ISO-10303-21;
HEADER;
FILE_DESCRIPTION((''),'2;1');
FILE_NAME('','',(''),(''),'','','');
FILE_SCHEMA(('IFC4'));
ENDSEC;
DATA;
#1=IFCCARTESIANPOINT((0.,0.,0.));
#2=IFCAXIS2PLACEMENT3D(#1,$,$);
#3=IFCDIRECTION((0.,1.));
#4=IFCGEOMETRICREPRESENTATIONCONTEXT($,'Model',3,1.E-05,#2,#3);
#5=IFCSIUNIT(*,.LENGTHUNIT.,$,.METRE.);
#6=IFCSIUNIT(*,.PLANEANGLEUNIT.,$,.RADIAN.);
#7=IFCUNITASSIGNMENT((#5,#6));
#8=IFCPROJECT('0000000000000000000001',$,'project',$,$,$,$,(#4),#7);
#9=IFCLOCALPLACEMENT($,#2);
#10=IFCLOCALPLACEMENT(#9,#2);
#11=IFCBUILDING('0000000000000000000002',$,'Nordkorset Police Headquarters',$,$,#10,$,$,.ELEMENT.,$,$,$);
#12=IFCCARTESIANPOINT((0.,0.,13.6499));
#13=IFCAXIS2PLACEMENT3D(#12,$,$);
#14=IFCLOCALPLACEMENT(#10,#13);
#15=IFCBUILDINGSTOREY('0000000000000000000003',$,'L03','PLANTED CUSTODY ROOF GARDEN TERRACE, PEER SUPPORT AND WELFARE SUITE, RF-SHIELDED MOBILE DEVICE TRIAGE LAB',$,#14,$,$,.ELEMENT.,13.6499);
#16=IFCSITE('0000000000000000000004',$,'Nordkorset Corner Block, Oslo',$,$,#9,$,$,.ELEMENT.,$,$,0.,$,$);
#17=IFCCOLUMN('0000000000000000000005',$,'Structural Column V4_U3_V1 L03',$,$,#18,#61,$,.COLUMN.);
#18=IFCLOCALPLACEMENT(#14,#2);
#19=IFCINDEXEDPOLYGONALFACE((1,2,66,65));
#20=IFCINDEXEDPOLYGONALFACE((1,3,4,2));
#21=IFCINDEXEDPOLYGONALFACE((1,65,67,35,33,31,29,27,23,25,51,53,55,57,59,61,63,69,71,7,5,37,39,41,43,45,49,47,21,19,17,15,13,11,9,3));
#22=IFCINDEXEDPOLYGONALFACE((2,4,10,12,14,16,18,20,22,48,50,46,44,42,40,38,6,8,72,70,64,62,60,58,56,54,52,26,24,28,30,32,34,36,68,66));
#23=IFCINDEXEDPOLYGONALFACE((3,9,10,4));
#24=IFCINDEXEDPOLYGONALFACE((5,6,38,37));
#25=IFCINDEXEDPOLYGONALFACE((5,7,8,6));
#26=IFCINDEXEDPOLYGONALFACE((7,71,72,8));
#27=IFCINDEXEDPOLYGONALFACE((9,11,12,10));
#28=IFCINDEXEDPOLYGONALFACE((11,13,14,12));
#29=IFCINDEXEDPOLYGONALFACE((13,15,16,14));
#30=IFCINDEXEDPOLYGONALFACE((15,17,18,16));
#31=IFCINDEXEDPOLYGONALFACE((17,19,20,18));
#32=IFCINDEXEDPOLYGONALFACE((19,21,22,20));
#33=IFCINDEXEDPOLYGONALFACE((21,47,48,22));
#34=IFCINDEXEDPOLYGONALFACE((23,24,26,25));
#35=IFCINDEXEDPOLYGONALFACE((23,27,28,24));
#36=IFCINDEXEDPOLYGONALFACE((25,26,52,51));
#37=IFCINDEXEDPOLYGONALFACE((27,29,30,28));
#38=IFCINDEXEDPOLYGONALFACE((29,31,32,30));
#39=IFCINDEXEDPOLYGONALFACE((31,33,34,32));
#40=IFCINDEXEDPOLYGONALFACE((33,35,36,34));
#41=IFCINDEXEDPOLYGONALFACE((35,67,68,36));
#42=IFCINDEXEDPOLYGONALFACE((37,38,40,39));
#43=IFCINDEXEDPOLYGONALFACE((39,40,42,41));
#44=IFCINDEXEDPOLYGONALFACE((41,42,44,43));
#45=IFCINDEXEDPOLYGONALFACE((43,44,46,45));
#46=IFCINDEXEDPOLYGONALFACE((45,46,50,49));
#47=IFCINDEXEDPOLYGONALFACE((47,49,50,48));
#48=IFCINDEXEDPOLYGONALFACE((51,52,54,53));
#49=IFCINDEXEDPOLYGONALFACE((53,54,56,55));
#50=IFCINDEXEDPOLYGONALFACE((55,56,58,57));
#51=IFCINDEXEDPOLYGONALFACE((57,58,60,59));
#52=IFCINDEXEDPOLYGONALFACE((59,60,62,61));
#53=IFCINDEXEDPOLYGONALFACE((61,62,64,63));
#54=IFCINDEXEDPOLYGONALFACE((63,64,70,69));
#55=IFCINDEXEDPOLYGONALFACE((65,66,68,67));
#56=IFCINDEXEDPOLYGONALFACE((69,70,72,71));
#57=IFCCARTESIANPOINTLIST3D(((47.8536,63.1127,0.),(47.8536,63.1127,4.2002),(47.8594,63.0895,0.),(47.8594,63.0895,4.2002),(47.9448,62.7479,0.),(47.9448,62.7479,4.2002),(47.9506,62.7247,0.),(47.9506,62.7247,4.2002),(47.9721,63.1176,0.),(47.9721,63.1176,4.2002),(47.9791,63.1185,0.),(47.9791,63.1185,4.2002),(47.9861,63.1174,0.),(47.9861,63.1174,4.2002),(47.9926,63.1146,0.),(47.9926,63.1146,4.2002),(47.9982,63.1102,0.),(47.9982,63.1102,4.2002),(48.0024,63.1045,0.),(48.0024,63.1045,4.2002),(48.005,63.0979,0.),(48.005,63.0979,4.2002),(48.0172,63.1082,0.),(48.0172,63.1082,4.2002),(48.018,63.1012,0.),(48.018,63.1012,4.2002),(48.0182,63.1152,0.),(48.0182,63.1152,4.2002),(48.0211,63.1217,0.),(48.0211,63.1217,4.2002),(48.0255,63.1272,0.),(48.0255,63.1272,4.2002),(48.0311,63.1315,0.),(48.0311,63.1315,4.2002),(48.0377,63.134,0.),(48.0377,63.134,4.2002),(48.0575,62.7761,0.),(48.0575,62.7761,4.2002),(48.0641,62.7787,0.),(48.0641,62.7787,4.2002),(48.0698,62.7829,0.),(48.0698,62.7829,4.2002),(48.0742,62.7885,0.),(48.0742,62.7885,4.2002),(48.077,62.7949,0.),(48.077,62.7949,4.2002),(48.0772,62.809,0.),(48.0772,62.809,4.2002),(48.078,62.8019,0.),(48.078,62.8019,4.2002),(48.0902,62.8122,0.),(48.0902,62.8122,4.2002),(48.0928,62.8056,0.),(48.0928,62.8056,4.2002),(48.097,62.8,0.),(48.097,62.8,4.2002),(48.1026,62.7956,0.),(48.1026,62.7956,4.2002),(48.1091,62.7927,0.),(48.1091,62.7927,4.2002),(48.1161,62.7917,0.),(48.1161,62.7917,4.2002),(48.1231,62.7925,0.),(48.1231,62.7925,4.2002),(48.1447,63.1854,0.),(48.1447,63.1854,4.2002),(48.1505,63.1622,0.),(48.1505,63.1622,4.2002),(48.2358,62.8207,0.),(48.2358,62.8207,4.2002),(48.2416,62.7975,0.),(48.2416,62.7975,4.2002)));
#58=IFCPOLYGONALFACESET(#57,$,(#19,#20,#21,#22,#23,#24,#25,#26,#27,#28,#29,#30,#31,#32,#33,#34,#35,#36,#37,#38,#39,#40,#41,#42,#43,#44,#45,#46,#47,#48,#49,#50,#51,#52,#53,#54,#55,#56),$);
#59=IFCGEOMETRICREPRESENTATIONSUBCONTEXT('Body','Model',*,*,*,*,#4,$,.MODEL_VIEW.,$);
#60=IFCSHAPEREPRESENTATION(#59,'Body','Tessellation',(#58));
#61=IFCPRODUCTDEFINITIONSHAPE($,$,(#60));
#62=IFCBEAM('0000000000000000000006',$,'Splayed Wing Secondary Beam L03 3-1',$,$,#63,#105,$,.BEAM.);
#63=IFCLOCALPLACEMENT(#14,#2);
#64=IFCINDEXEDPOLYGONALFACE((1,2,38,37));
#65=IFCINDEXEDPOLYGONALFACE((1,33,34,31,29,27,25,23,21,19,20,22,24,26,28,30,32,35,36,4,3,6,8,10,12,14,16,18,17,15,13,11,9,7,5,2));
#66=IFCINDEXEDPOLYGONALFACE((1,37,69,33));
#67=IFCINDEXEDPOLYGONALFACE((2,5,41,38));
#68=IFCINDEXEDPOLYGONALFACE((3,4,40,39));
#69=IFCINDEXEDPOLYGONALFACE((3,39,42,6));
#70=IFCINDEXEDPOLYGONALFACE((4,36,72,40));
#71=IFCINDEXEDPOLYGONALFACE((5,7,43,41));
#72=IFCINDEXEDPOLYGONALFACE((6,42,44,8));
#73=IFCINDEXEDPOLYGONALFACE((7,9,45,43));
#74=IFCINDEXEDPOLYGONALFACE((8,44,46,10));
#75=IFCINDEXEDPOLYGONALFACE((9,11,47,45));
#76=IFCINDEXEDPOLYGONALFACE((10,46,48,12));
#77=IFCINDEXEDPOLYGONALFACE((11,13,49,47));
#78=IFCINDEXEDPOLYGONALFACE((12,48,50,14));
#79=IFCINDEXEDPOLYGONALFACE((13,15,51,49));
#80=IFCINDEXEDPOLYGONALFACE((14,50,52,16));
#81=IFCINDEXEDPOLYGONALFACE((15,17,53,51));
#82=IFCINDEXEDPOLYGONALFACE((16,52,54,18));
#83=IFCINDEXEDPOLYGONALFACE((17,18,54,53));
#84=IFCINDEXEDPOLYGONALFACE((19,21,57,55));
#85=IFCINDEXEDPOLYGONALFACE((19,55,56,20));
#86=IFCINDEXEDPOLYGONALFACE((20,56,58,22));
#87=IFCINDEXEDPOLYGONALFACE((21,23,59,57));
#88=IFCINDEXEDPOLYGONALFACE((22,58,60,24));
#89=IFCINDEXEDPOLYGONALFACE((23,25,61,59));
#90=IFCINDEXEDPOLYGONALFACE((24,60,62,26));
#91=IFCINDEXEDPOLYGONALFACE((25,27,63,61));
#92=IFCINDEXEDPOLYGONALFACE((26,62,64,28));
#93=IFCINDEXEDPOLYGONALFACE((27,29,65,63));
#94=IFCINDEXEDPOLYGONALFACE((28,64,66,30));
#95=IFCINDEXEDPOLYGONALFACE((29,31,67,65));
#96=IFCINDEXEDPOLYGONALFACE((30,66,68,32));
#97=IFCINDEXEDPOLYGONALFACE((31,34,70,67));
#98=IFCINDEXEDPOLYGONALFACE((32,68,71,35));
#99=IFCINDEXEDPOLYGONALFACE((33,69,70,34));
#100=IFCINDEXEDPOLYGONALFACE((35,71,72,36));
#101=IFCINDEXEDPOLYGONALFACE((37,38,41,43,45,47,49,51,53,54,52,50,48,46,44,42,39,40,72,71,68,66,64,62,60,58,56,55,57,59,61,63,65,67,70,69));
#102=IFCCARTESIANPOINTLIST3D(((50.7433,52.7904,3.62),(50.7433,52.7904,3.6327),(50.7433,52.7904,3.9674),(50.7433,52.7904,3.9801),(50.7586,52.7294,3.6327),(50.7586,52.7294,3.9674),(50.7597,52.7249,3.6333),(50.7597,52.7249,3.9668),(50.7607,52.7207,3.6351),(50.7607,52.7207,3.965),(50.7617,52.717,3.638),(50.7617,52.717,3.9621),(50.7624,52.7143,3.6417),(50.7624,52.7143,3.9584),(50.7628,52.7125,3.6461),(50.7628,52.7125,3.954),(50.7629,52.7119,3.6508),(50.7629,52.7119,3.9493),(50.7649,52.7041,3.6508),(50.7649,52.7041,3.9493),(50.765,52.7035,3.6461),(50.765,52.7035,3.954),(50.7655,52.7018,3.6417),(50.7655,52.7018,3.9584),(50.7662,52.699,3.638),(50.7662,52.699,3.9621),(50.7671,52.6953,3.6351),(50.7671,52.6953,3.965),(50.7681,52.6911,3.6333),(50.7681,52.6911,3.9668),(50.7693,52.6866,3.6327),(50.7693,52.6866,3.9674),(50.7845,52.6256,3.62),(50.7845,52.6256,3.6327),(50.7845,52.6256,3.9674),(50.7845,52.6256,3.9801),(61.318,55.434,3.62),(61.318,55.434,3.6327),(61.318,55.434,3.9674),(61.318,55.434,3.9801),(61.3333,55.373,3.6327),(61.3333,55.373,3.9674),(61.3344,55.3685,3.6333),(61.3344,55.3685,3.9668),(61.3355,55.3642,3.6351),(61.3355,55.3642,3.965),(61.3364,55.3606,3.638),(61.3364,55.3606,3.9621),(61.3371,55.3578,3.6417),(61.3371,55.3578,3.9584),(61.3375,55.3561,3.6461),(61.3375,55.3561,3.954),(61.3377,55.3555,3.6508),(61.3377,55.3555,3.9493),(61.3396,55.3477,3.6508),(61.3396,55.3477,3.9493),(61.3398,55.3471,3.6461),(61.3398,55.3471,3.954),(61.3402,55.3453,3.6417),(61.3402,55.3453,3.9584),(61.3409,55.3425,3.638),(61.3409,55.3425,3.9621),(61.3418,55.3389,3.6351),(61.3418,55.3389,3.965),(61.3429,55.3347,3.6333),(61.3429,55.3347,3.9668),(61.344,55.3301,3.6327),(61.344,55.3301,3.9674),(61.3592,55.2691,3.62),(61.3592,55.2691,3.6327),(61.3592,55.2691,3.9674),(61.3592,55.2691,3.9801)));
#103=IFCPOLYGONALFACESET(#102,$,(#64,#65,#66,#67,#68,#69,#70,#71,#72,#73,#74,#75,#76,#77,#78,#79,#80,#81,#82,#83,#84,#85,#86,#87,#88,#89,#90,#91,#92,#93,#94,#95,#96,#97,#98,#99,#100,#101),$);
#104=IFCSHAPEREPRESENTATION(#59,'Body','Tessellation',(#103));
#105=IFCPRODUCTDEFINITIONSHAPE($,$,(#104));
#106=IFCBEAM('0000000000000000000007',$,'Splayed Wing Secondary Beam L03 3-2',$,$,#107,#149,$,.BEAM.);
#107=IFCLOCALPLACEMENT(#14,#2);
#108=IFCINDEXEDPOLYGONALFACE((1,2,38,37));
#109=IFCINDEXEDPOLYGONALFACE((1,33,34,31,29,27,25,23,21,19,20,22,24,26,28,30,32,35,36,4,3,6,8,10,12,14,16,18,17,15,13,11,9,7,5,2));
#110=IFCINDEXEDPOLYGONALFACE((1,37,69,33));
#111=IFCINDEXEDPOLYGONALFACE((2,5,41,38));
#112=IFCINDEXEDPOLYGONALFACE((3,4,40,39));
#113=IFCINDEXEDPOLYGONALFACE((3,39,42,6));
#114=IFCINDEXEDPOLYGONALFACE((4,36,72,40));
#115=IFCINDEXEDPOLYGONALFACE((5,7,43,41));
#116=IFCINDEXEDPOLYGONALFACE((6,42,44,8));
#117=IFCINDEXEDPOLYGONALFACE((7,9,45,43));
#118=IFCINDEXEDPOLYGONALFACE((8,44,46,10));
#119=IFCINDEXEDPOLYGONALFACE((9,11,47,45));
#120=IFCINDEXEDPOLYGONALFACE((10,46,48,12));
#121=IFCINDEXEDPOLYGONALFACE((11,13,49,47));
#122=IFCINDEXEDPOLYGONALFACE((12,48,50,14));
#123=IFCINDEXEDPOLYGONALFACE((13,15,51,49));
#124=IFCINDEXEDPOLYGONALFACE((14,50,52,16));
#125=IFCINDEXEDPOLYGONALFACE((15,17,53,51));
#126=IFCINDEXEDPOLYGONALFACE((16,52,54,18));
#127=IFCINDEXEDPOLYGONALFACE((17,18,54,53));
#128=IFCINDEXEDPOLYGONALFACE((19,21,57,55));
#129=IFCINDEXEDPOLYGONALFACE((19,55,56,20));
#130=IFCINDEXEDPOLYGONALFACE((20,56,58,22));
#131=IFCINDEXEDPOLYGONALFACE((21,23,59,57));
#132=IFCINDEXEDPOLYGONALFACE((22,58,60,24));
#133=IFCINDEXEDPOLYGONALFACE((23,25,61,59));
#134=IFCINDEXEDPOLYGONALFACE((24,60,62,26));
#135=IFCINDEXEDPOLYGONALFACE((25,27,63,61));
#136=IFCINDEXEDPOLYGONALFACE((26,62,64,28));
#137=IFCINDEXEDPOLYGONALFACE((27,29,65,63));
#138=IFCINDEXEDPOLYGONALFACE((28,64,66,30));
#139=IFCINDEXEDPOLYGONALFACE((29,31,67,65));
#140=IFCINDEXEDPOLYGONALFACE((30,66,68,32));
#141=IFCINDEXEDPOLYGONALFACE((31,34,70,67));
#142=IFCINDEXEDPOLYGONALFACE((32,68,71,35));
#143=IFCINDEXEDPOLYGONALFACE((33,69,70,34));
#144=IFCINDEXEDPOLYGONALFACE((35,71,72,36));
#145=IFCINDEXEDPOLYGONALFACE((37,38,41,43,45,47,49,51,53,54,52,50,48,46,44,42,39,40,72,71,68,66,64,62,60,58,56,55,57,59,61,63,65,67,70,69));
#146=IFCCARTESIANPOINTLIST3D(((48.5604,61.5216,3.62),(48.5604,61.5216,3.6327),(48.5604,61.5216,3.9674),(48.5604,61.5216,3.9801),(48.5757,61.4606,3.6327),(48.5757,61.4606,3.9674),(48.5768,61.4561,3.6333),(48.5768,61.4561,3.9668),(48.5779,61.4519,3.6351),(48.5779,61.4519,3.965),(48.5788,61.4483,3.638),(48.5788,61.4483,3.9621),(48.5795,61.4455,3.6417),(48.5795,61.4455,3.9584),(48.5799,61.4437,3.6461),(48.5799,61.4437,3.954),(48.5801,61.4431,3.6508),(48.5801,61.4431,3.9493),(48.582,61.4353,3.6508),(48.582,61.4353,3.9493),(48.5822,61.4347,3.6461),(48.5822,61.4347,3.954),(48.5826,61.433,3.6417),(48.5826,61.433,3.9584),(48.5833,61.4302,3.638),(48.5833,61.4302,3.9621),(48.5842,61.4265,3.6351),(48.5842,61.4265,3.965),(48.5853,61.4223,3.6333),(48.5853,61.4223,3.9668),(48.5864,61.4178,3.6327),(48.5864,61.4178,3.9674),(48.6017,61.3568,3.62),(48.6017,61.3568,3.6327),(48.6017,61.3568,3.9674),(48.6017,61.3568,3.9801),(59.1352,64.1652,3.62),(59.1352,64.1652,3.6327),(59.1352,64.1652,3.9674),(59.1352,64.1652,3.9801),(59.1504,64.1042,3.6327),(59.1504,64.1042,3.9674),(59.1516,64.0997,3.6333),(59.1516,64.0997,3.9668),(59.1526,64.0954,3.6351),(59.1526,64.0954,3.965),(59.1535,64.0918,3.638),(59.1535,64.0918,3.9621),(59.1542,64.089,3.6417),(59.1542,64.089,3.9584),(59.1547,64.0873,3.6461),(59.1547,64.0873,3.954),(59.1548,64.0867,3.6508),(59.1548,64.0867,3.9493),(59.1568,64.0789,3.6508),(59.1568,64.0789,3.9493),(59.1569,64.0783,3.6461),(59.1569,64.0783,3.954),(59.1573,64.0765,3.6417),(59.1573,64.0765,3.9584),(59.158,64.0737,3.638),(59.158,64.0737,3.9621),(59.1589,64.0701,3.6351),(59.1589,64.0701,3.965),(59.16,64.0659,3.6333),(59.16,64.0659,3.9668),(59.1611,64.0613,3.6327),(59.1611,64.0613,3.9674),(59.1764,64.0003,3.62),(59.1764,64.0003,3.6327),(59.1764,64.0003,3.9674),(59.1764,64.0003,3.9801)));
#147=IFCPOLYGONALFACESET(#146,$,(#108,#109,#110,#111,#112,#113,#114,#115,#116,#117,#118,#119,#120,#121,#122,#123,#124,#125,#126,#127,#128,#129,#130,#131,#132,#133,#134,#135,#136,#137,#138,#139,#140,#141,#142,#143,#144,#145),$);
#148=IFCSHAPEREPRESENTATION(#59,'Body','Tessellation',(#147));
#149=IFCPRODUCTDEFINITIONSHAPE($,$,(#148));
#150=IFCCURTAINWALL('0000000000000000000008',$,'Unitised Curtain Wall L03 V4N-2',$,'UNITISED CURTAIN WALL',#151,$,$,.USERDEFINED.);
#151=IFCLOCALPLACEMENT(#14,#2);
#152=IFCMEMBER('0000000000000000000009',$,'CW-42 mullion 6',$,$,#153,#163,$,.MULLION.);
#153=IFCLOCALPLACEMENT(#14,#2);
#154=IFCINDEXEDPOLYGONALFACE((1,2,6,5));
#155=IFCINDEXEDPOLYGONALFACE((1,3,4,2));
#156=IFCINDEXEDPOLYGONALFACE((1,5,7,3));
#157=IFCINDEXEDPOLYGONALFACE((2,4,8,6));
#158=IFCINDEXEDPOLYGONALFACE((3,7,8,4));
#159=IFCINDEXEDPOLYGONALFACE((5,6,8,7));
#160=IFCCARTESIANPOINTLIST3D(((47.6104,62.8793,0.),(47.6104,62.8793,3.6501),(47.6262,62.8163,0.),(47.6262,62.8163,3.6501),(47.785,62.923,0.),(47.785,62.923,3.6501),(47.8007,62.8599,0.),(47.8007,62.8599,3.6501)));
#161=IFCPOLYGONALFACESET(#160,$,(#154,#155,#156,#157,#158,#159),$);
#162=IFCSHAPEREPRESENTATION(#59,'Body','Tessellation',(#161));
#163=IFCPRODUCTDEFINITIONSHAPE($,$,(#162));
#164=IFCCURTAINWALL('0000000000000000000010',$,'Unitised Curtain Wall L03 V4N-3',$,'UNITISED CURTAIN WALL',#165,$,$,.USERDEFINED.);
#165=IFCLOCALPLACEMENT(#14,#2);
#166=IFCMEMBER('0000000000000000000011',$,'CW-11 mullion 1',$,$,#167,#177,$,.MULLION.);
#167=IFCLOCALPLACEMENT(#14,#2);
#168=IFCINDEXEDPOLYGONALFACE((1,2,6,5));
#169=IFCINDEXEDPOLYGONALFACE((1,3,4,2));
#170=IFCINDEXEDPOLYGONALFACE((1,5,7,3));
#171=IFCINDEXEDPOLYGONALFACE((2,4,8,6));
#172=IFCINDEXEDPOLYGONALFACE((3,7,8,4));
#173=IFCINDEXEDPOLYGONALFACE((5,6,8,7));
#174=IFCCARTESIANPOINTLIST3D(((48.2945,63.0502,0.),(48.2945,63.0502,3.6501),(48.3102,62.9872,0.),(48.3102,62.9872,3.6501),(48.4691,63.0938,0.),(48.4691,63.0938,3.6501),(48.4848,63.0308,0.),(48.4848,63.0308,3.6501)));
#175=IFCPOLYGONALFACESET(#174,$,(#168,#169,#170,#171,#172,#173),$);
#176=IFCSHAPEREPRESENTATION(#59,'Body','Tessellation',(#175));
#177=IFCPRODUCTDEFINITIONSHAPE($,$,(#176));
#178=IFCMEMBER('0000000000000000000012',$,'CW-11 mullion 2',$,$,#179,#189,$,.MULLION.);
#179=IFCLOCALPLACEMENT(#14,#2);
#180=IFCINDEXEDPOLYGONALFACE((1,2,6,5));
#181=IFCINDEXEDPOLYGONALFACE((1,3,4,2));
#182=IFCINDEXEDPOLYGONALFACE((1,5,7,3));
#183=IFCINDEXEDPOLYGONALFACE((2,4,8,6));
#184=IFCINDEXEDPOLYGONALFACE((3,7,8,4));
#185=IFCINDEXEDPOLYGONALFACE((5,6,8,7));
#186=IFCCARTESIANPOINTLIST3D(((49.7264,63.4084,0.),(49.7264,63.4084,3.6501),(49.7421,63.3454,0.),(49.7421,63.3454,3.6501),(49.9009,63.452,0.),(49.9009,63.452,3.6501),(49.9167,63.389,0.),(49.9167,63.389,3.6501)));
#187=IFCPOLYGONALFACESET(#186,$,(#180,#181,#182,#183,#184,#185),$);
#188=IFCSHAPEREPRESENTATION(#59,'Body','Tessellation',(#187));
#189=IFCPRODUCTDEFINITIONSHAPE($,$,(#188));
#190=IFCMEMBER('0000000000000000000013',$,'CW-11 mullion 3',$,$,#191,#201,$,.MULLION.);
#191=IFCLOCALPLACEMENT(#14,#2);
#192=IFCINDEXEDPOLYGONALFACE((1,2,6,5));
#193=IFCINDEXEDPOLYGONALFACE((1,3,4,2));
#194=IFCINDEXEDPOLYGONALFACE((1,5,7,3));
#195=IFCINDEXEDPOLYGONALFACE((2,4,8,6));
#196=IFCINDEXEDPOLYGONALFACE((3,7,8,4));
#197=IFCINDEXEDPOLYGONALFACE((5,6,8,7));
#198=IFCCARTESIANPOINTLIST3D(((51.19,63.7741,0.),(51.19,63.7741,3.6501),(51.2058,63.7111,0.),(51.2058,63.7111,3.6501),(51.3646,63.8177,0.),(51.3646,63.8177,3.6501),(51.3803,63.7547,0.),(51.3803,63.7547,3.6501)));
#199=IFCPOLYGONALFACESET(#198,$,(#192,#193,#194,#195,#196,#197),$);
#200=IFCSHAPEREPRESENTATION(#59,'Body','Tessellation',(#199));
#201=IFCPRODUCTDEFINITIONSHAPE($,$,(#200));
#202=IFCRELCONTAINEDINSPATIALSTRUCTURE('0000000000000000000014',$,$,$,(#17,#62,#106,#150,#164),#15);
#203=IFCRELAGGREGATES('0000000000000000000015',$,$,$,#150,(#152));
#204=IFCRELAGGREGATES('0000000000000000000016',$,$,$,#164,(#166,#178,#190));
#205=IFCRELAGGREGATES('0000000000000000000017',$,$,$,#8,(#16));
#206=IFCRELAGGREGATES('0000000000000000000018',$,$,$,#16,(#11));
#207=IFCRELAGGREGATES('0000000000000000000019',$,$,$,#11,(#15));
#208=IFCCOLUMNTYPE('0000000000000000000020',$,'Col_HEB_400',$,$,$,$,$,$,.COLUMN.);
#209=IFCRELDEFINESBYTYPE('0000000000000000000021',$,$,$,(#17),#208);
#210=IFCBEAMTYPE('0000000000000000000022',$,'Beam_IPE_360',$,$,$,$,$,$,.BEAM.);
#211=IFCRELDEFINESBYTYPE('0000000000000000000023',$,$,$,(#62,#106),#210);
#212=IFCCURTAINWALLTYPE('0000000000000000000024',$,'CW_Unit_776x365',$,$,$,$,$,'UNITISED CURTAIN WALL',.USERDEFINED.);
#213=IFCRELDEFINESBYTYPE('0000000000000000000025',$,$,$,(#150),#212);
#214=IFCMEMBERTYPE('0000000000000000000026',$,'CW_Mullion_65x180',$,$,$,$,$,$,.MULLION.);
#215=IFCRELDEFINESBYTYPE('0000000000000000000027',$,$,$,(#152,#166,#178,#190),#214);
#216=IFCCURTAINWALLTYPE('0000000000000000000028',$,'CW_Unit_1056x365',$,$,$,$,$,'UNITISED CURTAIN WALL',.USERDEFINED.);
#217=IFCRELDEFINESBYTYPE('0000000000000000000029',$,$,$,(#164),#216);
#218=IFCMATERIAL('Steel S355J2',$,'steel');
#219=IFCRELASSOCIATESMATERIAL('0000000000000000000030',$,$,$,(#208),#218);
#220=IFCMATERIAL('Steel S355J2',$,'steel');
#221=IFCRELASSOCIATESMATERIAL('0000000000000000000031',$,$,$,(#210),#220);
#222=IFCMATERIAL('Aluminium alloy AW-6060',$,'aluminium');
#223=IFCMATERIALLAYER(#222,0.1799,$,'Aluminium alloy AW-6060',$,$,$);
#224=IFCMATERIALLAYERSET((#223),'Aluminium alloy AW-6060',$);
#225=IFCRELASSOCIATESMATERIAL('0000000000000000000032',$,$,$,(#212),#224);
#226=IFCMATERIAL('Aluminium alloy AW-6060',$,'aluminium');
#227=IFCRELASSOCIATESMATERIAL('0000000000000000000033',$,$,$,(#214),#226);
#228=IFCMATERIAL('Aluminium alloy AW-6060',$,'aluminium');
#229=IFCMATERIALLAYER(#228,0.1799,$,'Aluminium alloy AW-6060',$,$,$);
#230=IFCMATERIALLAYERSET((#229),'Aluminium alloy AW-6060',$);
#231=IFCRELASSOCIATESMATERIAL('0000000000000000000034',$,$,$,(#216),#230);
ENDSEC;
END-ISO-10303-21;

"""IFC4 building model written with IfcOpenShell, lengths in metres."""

from ifc_helpers import new_model, si_unit, direction, frame, origin, origin_2d, place, context, subcontext, project, spatial, rectangle, i_section, extrude, material, layer, layer_set, material_profile, profile_set, type_object, element, aggregate, save


model = new_model("IFC4")

# Units and contexts
model_context = context("Model", 3, precision=1e-05, world=origin(), true_north=direction((0.0, 1.0)))
body_context = subcontext(model_context, "Body", "Model", "MODEL_VIEW")
ifc_project = project(units=[si_unit("LENGTHUNIT", "METRE"), si_unit("PLANEANGLEUNIT", "RADIAN")], contexts=[model_context])

# Site, building, storey
site_placement = place(None, origin())
site = spatial("IfcSite", under=ifc_project, at=site_placement, Name="Nordkorset Corner Block, Oslo", CompositionType="ELEMENT", RefElevation=0.0)
building_placement = place(site_placement, origin())
building = spatial("IfcBuilding", under=site, at=building_placement, Name="Nordkorset Police Headquarters", CompositionType="ELEMENT")
storey_placement = place(building_placement, frame((0.0, 0.0, 13.6499)))
storey = spatial("IfcBuildingStorey", under=building, at=storey_placement, Name="L03", Description="PLANTED CUSTODY ROOF GARDEN TERRACE, PEER SUPPORT AND WELFARE SUITE, RF-SHIELDED MOBILE DEVICE TRIAGE LAB", CompositionType="ELEMENT", Elevation=13.6499)

# Column
ifc_material_1 = material(Name="Steel S355J2", Category="steel")
ifc_material_profile_1 = material_profile(ifc_material_1, i_section(OverallWidth=0.3, OverallDepth=0.3999, WebThickness=0.0134, FlangeThickness=0.0239, FilletRadius=0.0271, at=origin_2d()), Name="HEB 400")
ifc_profile_set_1 = profile_set([ifc_material_profile_1], Name="Steel S355J2")
column_type = type_object("IfcColumnType", Name="Col_HEB_400", PredefinedType="COLUMN", material=ifc_profile_set_1)
column_placement = place(storey_placement, frame((48.0476, 62.9551, 0.0), z_axis=(0.0, 0.0, 1.0), x_axis=(0.970143, 0.242536, 0.0)))
element("IfcColumn", 1, at=column_placement, inside=storey, type_object=column_type, Name="Structural Column V4_U3_V1 L03", PredefinedType="COLUMN", context=body_context, shape_type="SweptSolid", body=[
    extrude(i_section(OverallWidth=0.3, OverallDepth=0.3999, WebThickness=0.0134, FlangeThickness=0.0239, FilletRadius=0.0271, at=origin_2d()), origin(), (0.0, 0.0, 1.0), 4.2002),
])

# Beams
ifc_material_2 = material(Name="Steel S355J2", Category="steel")
ifc_material_profile_2 = material_profile(ifc_material_2, i_section(OverallWidth=0.1699, OverallDepth=0.3601, WebThickness=0.0081, FlangeThickness=0.0127, FilletRadius=0.0181, at=origin_2d()), Name="IPE 360")
ifc_profile_set_2 = profile_set([ifc_material_profile_2], Name="Steel S355J2")
beam_type_1 = type_object("IfcBeamType", Name="Beam_IPE_360", PredefinedType="BEAM", material=ifc_profile_set_2)
for number, where, z_axis, x_axis, name in (
    (2, (50.7639, 52.708, 3.8), (0.970145, 0.242525, 0.0), (-0.242525, 0.970145, 0.0), "Splayed Wing Secondary Beam L03 3-1"),
    (3, (48.5811, 61.4392, 3.8), (0.970145, 0.242525, 0.0), (-0.242525, 0.970145, 0.0), "Splayed Wing Secondary Beam L03 3-2"),
):
    element("IfcBeam", number, at=place(storey_placement, frame(where, z_axis=z_axis, x_axis=x_axis)), inside=storey, type_object=beam_type_1, Name=name, PredefinedType="BEAM", context=body_context, shape_type="SweptSolid", body=[
        extrude(i_section(OverallWidth=0.1699, OverallDepth=0.3601, WebThickness=0.0081, FlangeThickness=0.0127, FilletRadius=0.0181, at=origin_2d()), origin(), (0.0, 0.0, 1.0), 10.9001),
    ])

# Curtain wall, member
ifc_material_3 = material(Name="Aluminium alloy AW-6060", Category="aluminium")
ifc_layer_1 = layer(ifc_material_3, 0.1799, Name="Aluminium alloy AW-6060")
ifc_layer_set_1 = layer_set([ifc_layer_1], Name="Aluminium alloy AW-6060")
curtain_wall_type_1 = type_object("IfcCurtainWallType", Name="CW_Unit_776x365", ElementType="UNITISED CURTAIN WALL", PredefinedType="USERDEFINED", material=ifc_layer_set_1)
curtain_wall_1_placement = place(storey_placement, origin())
curtain_wall_1 = element("IfcCurtainWall", 4, at=curtain_wall_1_placement, inside=storey, type_object=curtain_wall_type_1, Name="Unitised Curtain Wall L03 V4N-2", ObjectType="UNITISED CURTAIN WALL", PredefinedType="USERDEFINED")
ifc_material_4 = material(Name="Aluminium alloy AW-6060", Category="aluminium")
ifc_material_profile_3 = material_profile(ifc_material_4, rectangle(XDim=0.0649, YDim=0.1799, at=origin_2d()), Name="ALU MULL 65x180")
ifc_profile_set_3 = profile_set([ifc_material_profile_3], Name="Aluminium alloy AW-6060")
member_type_1 = type_object("IfcMemberType", Name="CW_Mullion_65x180", PredefinedType="MULLION", material=ifc_profile_set_3)
member_1_placement = place(storey_placement, frame((47.7056, 62.8696, 0.0), z_axis=(0.0, 0.0, 1.0), x_axis=(-0.242536, 0.970142, 0.0)))
member_1 = element("IfcMember", 5, at=member_1_placement, type_object=member_type_1, Name="CW-42 mullion 6", PredefinedType="MULLION", context=body_context, shape_type="SweptSolid", body=[
    extrude(rectangle(XDim=0.0649, YDim=0.1799, at=origin_2d()), origin(), (0.0, 0.0, 1.0), 3.6501),
])
aggregate(curtain_wall_1, [member_1])

# Curtain wall, members
ifc_material_5 = material(Name="Aluminium alloy AW-6060", Category="aluminium")
ifc_layer_2 = layer(ifc_material_5, 0.1799, Name="Aluminium alloy AW-6060")
ifc_layer_set_2 = layer_set([ifc_layer_2], Name="Aluminium alloy AW-6060")
curtain_wall_type_2 = type_object("IfcCurtainWallType", Name="CW_Unit_1056x365", ElementType="UNITISED CURTAIN WALL", PredefinedType="USERDEFINED", material=ifc_layer_set_2)
curtain_wall_2_placement = place(storey_placement, origin())
curtain_wall_2 = element("IfcCurtainWall", 6, at=curtain_wall_2_placement, inside=storey, type_object=curtain_wall_type_2, Name="Unitised Curtain Wall L03 V4N-3", ObjectType="UNITISED CURTAIN WALL", PredefinedType="USERDEFINED")
member_2_placement = place(storey_placement, frame((48.3896, 63.0405, 0.0), z_axis=(0.0, 0.0, 1.0), x_axis=(-0.242536, 0.970142, 0.0)))
member_2 = element("IfcMember", 7, at=member_2_placement, type_object=member_type_1, Name="CW-11 mullion 1", PredefinedType="MULLION", context=body_context, shape_type="SweptSolid", body=[
    extrude(rectangle(XDim=0.0649, YDim=0.1799, at=origin_2d()), origin(), (0.0, 0.0, 1.0), 3.6501),
])
member_3_placement = place(storey_placement, frame((49.8215, 63.3987, 0.0), z_axis=(0.0, 0.0, 1.0), x_axis=(-0.242536, 0.970142, 0.0)))
member_3 = element("IfcMember", 8, at=member_3_placement, type_object=member_type_1, Name="CW-11 mullion 2", PredefinedType="MULLION", context=body_context, shape_type="SweptSolid", body=[
    extrude(rectangle(XDim=0.0649, YDim=0.1799, at=origin_2d()), origin(), (0.0, 0.0, 1.0), 3.6501),
])
member_4_placement = place(storey_placement, frame((51.2852, 63.7644, 0.0), z_axis=(0.0, 0.0, 1.0), x_axis=(-0.242536, 0.970142, 0.0)))
member_4 = element("IfcMember", 9, at=member_4_placement, type_object=member_type_1, Name="CW-11 mullion 3", PredefinedType="MULLION", context=body_context, shape_type="SweptSolid", body=[
    extrude(rectangle(XDim=0.0649, YDim=0.1799, at=origin_2d()), origin(), (0.0, 0.0, 1.0), 3.6501),
])

aggregate(curtain_wall_2, [member_2, member_3, member_4])

save(model, "model.ifc")
